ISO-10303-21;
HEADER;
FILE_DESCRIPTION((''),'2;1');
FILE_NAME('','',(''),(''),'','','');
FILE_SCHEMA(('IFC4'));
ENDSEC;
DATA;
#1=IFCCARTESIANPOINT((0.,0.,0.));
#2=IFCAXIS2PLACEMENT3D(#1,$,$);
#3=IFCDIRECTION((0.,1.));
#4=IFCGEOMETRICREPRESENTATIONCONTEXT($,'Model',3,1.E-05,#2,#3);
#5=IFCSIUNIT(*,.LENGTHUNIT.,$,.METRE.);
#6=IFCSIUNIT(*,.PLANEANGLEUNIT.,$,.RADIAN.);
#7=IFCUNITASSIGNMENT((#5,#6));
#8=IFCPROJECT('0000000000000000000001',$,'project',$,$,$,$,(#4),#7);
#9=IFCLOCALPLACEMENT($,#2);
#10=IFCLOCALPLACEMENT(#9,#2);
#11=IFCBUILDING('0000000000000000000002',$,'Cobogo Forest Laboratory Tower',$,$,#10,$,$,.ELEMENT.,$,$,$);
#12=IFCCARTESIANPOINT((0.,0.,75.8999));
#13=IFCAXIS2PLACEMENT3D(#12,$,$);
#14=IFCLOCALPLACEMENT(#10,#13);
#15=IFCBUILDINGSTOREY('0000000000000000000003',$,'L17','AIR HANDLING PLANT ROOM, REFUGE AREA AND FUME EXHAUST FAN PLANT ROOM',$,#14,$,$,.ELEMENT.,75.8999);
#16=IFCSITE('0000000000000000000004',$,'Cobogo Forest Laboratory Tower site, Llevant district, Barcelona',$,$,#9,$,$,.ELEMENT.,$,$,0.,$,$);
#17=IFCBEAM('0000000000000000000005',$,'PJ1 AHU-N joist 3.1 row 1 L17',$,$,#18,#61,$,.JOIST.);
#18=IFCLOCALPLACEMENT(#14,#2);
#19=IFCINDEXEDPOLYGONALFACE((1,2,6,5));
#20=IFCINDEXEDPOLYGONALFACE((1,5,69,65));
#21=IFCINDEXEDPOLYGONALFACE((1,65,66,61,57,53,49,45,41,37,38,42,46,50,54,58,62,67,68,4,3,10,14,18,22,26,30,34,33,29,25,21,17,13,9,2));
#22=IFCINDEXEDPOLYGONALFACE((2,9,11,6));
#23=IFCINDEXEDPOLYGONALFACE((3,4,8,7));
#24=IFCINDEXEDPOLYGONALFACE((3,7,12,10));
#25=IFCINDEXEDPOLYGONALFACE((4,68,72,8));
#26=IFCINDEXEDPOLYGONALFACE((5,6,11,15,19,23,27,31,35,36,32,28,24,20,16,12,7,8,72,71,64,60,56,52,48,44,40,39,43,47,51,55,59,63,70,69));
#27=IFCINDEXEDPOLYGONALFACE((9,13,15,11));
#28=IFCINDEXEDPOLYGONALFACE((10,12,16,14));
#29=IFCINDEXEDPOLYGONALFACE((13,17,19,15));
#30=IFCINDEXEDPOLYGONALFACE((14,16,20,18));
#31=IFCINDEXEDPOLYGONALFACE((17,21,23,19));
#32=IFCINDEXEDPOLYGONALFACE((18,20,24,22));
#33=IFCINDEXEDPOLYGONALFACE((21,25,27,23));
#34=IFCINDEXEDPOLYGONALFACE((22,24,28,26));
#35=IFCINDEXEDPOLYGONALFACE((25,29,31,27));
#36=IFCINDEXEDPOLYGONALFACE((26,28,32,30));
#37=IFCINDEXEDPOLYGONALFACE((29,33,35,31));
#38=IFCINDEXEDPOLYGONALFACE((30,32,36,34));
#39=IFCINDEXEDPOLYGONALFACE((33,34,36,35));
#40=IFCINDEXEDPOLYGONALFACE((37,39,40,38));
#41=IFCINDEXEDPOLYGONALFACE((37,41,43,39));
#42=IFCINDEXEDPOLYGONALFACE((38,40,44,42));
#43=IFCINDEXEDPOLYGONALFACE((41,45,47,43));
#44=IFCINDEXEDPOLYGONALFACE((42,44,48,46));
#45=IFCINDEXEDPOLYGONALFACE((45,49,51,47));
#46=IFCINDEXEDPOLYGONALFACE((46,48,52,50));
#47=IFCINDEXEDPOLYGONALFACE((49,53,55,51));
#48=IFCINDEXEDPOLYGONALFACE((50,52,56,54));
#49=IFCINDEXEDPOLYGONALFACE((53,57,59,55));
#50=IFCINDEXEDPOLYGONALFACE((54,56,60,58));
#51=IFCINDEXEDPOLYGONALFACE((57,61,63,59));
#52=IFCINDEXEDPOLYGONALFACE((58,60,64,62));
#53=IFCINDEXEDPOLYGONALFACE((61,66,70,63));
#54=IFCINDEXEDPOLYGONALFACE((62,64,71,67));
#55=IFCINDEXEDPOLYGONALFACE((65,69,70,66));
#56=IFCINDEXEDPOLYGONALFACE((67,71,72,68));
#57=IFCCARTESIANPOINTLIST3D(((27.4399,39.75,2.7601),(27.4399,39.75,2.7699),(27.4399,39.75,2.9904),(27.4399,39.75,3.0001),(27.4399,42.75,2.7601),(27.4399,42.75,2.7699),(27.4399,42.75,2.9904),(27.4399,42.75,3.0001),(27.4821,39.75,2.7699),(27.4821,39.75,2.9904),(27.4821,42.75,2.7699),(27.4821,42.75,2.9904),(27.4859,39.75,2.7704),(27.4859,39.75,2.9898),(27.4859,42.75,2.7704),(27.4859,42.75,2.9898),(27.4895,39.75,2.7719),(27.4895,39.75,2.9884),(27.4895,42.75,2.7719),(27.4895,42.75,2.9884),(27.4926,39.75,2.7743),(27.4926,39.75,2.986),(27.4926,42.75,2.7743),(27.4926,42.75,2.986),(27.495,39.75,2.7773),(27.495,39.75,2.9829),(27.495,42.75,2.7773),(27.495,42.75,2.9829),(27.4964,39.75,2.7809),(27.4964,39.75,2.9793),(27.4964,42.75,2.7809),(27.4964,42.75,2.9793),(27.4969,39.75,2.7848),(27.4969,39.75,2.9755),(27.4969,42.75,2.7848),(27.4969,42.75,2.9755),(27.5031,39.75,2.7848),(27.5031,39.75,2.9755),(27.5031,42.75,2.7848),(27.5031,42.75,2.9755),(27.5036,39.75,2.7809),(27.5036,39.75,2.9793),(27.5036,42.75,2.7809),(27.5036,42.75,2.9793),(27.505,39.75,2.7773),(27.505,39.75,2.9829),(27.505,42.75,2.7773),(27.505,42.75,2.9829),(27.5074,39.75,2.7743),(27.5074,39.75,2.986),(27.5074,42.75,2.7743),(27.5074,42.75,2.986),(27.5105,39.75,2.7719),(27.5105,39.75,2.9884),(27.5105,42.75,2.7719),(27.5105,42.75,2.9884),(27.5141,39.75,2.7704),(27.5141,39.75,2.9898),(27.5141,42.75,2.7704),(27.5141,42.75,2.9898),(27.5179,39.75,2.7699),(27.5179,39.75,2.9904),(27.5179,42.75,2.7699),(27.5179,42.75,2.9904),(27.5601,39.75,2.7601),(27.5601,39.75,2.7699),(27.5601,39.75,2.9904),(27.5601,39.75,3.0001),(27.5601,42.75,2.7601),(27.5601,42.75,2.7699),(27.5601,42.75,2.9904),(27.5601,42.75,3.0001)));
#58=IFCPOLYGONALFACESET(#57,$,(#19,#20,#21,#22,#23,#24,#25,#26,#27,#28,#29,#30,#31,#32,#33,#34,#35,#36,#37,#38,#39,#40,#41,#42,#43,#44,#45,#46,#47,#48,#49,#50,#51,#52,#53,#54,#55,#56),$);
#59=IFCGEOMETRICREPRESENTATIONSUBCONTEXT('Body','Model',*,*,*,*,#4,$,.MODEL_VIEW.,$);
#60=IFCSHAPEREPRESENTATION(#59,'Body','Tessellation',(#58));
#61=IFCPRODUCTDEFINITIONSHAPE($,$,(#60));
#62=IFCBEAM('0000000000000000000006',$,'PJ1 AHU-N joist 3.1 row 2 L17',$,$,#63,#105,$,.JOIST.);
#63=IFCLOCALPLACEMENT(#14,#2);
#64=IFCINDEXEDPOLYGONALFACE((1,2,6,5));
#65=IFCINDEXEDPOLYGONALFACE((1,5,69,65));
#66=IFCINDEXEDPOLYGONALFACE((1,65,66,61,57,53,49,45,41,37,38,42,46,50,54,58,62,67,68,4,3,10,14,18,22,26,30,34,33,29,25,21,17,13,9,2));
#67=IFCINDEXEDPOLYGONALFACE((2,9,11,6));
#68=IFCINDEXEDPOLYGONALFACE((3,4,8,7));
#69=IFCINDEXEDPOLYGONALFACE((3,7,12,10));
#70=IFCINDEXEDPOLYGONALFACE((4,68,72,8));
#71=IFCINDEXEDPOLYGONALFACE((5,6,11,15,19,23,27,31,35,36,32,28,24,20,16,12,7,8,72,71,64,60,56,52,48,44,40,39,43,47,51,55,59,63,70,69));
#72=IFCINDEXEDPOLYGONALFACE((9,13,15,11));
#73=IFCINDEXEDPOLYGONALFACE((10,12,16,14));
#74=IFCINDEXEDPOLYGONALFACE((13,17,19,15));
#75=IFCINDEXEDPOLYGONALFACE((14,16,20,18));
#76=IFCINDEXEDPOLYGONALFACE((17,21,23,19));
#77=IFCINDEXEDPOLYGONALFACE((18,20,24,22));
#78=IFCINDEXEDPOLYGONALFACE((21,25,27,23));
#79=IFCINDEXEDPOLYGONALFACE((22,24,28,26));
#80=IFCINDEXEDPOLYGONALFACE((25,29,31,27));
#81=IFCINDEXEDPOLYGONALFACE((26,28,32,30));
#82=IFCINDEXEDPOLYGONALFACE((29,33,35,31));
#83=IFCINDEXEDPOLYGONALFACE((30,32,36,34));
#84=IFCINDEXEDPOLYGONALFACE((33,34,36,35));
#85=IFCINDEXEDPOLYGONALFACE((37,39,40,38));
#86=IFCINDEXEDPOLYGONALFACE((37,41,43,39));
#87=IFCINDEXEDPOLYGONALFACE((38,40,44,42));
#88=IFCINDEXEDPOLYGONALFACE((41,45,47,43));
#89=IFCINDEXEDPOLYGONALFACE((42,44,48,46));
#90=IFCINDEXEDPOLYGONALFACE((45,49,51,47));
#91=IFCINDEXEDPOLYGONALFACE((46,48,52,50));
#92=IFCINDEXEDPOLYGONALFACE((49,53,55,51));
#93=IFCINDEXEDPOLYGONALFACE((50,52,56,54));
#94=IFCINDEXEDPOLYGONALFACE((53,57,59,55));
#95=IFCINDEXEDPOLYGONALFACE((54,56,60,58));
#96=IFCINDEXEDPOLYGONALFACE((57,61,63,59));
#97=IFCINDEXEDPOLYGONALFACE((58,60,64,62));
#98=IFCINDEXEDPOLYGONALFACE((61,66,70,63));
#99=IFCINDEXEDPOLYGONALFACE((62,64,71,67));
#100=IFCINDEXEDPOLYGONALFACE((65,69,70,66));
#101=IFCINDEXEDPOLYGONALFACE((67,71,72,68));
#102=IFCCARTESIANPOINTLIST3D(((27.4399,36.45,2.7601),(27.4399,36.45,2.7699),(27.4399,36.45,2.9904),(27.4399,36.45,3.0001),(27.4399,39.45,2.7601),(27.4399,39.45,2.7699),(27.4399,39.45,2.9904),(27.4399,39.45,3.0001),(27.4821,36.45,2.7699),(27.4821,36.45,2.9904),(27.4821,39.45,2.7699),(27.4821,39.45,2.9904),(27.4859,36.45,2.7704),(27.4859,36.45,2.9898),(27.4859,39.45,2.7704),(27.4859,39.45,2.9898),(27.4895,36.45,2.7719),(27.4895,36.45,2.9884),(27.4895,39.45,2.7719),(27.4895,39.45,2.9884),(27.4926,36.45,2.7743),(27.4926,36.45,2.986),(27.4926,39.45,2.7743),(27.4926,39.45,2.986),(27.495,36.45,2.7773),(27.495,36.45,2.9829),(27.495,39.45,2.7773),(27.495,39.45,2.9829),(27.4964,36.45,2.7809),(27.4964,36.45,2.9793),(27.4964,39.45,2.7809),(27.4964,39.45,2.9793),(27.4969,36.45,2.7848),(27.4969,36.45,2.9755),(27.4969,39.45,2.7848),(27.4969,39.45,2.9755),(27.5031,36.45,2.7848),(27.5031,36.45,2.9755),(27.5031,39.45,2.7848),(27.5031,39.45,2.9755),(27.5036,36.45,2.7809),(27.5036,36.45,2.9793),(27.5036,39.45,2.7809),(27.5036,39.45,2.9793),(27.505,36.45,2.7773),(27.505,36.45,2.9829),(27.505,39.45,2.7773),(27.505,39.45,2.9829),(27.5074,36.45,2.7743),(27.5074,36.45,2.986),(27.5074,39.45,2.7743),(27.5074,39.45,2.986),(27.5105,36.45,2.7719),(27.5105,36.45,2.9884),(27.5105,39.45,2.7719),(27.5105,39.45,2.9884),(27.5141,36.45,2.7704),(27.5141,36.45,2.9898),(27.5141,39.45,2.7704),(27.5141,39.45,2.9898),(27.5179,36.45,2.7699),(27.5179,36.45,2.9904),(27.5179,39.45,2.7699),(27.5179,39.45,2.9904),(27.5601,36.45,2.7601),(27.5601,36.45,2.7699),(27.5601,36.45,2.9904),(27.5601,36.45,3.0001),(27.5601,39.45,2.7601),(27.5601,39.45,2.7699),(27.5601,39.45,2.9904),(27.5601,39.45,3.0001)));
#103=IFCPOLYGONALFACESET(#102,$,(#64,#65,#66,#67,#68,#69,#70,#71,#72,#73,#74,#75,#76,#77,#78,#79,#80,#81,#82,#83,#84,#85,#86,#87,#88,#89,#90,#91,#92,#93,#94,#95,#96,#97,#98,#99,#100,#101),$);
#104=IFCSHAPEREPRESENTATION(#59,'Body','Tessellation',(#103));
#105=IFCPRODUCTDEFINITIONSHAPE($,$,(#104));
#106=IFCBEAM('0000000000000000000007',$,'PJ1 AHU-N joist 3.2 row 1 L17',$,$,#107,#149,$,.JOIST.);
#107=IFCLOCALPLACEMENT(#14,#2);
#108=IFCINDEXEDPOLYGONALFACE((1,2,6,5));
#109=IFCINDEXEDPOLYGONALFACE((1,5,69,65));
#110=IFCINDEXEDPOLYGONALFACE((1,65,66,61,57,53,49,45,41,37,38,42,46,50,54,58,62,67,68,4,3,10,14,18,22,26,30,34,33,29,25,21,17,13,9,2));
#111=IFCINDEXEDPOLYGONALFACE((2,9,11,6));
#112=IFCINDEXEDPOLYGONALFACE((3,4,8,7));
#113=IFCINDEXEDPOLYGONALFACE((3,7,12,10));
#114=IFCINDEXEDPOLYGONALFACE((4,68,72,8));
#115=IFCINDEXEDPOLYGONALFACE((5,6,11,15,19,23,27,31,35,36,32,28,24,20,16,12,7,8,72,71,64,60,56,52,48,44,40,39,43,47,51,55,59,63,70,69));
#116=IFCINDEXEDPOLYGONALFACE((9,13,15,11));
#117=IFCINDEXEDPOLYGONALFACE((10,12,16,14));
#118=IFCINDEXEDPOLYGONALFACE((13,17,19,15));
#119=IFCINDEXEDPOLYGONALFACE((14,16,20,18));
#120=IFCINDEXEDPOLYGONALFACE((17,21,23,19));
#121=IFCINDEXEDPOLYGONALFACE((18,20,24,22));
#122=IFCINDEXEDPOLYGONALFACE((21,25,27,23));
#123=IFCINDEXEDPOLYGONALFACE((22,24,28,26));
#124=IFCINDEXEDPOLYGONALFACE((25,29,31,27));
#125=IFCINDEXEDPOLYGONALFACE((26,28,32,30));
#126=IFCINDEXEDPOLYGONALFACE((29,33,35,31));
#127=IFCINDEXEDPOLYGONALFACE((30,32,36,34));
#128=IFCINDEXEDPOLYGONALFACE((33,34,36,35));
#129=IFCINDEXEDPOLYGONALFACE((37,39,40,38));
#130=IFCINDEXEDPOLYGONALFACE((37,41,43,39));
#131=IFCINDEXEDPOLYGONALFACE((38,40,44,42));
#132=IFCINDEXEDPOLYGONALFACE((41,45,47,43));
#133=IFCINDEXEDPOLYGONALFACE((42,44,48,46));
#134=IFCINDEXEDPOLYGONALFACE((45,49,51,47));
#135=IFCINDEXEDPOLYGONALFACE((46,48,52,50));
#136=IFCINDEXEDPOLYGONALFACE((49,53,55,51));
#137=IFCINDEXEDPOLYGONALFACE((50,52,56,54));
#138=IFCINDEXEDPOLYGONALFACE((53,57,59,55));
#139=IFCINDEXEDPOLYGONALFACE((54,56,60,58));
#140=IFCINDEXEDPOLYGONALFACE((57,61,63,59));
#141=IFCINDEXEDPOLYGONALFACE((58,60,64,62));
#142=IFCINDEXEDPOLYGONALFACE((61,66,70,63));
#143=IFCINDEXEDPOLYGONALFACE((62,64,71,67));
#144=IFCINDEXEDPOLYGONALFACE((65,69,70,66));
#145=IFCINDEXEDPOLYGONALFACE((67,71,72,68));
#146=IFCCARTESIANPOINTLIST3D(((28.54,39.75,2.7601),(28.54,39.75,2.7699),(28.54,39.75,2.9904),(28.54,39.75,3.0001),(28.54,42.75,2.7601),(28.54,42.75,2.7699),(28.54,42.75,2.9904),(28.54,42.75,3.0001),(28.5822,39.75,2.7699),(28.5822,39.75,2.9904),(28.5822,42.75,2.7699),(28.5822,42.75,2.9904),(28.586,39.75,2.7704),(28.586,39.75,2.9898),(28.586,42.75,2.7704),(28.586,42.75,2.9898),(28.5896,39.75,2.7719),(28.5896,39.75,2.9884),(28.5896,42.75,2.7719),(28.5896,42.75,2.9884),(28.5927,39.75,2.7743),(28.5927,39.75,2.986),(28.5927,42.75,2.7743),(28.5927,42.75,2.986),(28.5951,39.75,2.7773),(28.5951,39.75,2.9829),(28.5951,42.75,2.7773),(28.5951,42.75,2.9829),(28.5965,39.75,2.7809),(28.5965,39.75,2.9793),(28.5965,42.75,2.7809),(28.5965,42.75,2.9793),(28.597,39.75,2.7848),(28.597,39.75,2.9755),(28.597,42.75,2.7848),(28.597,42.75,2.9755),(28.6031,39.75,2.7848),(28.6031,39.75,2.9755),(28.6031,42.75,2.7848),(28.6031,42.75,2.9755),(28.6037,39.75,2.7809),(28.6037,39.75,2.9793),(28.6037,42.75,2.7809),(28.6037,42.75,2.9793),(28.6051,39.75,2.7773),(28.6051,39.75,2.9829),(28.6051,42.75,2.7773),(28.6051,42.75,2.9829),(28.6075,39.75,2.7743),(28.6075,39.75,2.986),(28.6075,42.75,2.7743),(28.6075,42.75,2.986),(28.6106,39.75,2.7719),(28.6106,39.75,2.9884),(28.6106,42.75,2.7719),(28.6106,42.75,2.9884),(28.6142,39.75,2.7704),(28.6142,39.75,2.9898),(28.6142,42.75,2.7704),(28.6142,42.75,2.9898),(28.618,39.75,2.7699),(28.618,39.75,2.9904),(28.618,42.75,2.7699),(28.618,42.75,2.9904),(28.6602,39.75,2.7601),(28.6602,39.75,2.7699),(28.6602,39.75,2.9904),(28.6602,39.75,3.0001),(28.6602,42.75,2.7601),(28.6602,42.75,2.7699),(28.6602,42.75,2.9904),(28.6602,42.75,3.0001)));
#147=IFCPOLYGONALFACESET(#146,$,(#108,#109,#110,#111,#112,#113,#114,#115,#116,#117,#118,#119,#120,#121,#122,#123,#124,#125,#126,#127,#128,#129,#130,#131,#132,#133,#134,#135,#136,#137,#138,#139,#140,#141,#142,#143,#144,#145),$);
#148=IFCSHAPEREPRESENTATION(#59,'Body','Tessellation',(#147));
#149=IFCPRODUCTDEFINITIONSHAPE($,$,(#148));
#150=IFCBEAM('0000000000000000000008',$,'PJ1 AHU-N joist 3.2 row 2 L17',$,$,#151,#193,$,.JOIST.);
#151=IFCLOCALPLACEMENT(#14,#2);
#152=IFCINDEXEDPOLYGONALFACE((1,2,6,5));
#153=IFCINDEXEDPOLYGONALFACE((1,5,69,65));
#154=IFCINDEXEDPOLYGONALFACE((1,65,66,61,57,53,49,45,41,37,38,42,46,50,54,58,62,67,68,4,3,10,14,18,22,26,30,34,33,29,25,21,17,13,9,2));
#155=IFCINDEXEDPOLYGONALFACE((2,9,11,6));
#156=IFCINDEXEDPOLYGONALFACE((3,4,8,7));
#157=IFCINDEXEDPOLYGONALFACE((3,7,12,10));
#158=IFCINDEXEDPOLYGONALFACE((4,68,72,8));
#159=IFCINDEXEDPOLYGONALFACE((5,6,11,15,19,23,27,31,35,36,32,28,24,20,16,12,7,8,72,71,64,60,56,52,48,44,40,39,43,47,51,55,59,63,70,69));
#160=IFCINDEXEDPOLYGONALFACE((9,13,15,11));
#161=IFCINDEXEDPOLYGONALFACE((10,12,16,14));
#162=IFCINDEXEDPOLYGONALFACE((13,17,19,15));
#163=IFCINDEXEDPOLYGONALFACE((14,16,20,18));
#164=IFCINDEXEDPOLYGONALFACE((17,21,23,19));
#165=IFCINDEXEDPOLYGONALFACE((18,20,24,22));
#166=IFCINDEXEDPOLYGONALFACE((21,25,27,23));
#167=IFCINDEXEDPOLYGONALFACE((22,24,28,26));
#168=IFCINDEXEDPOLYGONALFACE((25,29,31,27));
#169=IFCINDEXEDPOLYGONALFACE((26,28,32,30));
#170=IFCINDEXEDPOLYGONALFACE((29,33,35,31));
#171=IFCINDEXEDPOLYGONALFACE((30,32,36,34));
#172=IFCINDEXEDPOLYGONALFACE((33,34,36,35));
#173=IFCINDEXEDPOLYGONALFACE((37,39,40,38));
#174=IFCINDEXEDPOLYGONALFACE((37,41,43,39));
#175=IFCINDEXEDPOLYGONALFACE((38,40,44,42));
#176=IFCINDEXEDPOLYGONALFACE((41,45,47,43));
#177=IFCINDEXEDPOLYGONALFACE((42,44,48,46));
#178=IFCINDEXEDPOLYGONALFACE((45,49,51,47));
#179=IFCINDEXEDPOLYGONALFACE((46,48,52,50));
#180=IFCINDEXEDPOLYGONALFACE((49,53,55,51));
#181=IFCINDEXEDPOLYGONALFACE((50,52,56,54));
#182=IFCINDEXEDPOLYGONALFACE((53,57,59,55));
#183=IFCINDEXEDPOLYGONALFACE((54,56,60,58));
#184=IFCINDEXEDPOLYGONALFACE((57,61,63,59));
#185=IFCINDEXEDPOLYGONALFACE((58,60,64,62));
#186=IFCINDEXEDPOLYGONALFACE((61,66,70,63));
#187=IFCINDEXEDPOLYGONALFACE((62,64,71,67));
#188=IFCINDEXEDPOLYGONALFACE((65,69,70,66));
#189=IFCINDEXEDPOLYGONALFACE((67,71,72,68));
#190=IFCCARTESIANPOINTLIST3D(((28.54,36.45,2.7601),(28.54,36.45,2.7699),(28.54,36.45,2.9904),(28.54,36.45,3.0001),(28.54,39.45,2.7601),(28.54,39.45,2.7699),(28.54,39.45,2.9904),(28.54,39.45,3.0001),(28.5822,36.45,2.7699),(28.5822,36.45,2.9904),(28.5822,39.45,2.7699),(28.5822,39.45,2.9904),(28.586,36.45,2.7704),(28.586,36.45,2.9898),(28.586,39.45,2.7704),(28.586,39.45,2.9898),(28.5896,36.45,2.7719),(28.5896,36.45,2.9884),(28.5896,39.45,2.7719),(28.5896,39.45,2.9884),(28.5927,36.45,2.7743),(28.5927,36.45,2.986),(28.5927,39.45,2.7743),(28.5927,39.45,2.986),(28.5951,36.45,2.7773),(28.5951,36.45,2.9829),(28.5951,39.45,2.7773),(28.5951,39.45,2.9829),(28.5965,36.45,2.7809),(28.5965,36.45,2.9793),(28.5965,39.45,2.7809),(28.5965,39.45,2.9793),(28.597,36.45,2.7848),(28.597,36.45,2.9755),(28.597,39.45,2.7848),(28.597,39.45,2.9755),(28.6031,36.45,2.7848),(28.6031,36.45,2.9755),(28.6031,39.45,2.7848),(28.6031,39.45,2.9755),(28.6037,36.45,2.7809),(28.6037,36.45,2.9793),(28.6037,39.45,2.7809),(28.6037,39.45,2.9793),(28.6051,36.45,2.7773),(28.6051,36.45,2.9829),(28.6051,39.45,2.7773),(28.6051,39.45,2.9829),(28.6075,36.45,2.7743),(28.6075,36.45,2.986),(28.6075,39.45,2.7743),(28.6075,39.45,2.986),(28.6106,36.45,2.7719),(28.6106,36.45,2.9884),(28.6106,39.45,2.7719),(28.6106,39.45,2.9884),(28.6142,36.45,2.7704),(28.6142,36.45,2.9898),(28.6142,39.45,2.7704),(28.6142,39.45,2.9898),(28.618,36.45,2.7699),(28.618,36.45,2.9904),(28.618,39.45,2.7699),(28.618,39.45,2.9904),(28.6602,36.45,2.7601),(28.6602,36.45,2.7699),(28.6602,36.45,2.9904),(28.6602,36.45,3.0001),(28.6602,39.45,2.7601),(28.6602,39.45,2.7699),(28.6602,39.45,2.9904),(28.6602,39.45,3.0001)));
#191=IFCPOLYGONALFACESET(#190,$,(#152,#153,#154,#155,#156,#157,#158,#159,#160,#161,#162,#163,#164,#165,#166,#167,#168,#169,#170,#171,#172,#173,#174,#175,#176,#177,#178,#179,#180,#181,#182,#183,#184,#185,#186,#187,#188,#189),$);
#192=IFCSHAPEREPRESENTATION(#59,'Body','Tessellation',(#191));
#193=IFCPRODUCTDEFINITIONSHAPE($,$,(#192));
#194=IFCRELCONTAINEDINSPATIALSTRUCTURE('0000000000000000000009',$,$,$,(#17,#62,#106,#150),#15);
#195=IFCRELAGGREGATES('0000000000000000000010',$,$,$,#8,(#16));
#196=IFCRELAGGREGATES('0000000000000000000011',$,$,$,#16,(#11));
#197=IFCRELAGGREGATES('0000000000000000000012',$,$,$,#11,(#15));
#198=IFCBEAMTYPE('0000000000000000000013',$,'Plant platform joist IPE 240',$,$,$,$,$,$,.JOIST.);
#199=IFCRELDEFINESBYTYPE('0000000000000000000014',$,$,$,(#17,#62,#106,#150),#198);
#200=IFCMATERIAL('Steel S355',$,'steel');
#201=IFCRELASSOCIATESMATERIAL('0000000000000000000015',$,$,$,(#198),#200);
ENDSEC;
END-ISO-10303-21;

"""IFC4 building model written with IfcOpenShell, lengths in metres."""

from ifc_helpers import new_model, si_unit, direction, frame, origin, origin_2d, place, context, subcontext, project, spatial, i_section, extrude, material, material_profile, profile_set, type_object, element, save


model = new_model("IFC4")

# Units and contexts
model_context = context("Model", 3, precision=1e-05, world=origin(), true_north=direction((0.0, 1.0)))
body_context = subcontext(model_context, "Body", "Model", "MODEL_VIEW")
ifc_project = project(units=[si_unit("LENGTHUNIT", "METRE"), si_unit("PLANEANGLEUNIT", "RADIAN")], contexts=[model_context])

# Site, building, storey
site_placement = place(None, origin())
site = spatial("IfcSite", under=ifc_project, at=site_placement, Name="Cobogo Forest Laboratory Tower site, Llevant district, Barcelona", CompositionType="ELEMENT", RefElevation=0.0)
building_placement = place(site_placement, origin())
building = spatial("IfcBuilding", under=site, at=building_placement, Name="Cobogo Forest Laboratory Tower", CompositionType="ELEMENT")
storey_placement = place(building_placement, frame((0.0, 0.0, 75.8999)))
storey = spatial("IfcBuildingStorey", under=building, at=storey_placement, Name="L17", Description="AIR HANDLING PLANT ROOM, REFUGE AREA AND FUME EXHAUST FAN PLANT ROOM", CompositionType="ELEMENT", Elevation=75.8999)

# Beams
ifc_material = material(Name="Steel S355", Category="steel")
ifc_material_profile_1 = material_profile(ifc_material, i_section(OverallWidth=0.1201, OverallDepth=0.24, WebThickness=0.0061, FlangeThickness=0.0098, FilletRadius=0.0149, at=origin_2d()), Name="IPE 240")
ifc_profile_set_1 = profile_set([ifc_material_profile_1], Name="Steel S355")
beam_type_1 = type_object("IfcBeamType", Name="Plant platform joist IPE 240", PredefinedType="JOIST", material=ifc_profile_set_1)
for number, where, z_axis, x_axis, name in (
    (1, (27.5, 42.75, 2.8801), (0.0, -1.0, 0.0), (1.0, 0.0, 0.0), "PJ1 AHU-N joist 3.1 row 1 L17"),
    (2, (27.5, 39.45, 2.8801), (0.0, -1.0, 0.0), (1.0, 0.0, 0.0), "PJ1 AHU-N joist 3.1 row 2 L17"),
    (3, (28.6001, 42.75, 2.8801), (0.0, -1.0, 0.0), (1.0, 0.0, 0.0), "PJ1 AHU-N joist 3.2 row 1 L17"),
    (4, (28.6001, 39.45, 2.8801), (0.0, -1.0, 0.0), (1.0, 0.0, 0.0), "PJ1 AHU-N joist 3.2 row 2 L17"),
):
    element("IfcBeam", number, at=place(storey_placement, frame(where, z_axis=z_axis, x_axis=x_axis)), inside=storey, type_object=beam_type_1, Name=name, PredefinedType="JOIST", context=body_context, shape_type="SweptSolid", body=[
        extrude(i_section(OverallWidth=0.1201, OverallDepth=0.24, WebThickness=0.0061, FlangeThickness=0.0098, FilletRadius=0.0149, at=origin_2d()), origin(), (0.0, 0.0, 1.0), 3.0),
    ])

save(model, "model.ifc")
